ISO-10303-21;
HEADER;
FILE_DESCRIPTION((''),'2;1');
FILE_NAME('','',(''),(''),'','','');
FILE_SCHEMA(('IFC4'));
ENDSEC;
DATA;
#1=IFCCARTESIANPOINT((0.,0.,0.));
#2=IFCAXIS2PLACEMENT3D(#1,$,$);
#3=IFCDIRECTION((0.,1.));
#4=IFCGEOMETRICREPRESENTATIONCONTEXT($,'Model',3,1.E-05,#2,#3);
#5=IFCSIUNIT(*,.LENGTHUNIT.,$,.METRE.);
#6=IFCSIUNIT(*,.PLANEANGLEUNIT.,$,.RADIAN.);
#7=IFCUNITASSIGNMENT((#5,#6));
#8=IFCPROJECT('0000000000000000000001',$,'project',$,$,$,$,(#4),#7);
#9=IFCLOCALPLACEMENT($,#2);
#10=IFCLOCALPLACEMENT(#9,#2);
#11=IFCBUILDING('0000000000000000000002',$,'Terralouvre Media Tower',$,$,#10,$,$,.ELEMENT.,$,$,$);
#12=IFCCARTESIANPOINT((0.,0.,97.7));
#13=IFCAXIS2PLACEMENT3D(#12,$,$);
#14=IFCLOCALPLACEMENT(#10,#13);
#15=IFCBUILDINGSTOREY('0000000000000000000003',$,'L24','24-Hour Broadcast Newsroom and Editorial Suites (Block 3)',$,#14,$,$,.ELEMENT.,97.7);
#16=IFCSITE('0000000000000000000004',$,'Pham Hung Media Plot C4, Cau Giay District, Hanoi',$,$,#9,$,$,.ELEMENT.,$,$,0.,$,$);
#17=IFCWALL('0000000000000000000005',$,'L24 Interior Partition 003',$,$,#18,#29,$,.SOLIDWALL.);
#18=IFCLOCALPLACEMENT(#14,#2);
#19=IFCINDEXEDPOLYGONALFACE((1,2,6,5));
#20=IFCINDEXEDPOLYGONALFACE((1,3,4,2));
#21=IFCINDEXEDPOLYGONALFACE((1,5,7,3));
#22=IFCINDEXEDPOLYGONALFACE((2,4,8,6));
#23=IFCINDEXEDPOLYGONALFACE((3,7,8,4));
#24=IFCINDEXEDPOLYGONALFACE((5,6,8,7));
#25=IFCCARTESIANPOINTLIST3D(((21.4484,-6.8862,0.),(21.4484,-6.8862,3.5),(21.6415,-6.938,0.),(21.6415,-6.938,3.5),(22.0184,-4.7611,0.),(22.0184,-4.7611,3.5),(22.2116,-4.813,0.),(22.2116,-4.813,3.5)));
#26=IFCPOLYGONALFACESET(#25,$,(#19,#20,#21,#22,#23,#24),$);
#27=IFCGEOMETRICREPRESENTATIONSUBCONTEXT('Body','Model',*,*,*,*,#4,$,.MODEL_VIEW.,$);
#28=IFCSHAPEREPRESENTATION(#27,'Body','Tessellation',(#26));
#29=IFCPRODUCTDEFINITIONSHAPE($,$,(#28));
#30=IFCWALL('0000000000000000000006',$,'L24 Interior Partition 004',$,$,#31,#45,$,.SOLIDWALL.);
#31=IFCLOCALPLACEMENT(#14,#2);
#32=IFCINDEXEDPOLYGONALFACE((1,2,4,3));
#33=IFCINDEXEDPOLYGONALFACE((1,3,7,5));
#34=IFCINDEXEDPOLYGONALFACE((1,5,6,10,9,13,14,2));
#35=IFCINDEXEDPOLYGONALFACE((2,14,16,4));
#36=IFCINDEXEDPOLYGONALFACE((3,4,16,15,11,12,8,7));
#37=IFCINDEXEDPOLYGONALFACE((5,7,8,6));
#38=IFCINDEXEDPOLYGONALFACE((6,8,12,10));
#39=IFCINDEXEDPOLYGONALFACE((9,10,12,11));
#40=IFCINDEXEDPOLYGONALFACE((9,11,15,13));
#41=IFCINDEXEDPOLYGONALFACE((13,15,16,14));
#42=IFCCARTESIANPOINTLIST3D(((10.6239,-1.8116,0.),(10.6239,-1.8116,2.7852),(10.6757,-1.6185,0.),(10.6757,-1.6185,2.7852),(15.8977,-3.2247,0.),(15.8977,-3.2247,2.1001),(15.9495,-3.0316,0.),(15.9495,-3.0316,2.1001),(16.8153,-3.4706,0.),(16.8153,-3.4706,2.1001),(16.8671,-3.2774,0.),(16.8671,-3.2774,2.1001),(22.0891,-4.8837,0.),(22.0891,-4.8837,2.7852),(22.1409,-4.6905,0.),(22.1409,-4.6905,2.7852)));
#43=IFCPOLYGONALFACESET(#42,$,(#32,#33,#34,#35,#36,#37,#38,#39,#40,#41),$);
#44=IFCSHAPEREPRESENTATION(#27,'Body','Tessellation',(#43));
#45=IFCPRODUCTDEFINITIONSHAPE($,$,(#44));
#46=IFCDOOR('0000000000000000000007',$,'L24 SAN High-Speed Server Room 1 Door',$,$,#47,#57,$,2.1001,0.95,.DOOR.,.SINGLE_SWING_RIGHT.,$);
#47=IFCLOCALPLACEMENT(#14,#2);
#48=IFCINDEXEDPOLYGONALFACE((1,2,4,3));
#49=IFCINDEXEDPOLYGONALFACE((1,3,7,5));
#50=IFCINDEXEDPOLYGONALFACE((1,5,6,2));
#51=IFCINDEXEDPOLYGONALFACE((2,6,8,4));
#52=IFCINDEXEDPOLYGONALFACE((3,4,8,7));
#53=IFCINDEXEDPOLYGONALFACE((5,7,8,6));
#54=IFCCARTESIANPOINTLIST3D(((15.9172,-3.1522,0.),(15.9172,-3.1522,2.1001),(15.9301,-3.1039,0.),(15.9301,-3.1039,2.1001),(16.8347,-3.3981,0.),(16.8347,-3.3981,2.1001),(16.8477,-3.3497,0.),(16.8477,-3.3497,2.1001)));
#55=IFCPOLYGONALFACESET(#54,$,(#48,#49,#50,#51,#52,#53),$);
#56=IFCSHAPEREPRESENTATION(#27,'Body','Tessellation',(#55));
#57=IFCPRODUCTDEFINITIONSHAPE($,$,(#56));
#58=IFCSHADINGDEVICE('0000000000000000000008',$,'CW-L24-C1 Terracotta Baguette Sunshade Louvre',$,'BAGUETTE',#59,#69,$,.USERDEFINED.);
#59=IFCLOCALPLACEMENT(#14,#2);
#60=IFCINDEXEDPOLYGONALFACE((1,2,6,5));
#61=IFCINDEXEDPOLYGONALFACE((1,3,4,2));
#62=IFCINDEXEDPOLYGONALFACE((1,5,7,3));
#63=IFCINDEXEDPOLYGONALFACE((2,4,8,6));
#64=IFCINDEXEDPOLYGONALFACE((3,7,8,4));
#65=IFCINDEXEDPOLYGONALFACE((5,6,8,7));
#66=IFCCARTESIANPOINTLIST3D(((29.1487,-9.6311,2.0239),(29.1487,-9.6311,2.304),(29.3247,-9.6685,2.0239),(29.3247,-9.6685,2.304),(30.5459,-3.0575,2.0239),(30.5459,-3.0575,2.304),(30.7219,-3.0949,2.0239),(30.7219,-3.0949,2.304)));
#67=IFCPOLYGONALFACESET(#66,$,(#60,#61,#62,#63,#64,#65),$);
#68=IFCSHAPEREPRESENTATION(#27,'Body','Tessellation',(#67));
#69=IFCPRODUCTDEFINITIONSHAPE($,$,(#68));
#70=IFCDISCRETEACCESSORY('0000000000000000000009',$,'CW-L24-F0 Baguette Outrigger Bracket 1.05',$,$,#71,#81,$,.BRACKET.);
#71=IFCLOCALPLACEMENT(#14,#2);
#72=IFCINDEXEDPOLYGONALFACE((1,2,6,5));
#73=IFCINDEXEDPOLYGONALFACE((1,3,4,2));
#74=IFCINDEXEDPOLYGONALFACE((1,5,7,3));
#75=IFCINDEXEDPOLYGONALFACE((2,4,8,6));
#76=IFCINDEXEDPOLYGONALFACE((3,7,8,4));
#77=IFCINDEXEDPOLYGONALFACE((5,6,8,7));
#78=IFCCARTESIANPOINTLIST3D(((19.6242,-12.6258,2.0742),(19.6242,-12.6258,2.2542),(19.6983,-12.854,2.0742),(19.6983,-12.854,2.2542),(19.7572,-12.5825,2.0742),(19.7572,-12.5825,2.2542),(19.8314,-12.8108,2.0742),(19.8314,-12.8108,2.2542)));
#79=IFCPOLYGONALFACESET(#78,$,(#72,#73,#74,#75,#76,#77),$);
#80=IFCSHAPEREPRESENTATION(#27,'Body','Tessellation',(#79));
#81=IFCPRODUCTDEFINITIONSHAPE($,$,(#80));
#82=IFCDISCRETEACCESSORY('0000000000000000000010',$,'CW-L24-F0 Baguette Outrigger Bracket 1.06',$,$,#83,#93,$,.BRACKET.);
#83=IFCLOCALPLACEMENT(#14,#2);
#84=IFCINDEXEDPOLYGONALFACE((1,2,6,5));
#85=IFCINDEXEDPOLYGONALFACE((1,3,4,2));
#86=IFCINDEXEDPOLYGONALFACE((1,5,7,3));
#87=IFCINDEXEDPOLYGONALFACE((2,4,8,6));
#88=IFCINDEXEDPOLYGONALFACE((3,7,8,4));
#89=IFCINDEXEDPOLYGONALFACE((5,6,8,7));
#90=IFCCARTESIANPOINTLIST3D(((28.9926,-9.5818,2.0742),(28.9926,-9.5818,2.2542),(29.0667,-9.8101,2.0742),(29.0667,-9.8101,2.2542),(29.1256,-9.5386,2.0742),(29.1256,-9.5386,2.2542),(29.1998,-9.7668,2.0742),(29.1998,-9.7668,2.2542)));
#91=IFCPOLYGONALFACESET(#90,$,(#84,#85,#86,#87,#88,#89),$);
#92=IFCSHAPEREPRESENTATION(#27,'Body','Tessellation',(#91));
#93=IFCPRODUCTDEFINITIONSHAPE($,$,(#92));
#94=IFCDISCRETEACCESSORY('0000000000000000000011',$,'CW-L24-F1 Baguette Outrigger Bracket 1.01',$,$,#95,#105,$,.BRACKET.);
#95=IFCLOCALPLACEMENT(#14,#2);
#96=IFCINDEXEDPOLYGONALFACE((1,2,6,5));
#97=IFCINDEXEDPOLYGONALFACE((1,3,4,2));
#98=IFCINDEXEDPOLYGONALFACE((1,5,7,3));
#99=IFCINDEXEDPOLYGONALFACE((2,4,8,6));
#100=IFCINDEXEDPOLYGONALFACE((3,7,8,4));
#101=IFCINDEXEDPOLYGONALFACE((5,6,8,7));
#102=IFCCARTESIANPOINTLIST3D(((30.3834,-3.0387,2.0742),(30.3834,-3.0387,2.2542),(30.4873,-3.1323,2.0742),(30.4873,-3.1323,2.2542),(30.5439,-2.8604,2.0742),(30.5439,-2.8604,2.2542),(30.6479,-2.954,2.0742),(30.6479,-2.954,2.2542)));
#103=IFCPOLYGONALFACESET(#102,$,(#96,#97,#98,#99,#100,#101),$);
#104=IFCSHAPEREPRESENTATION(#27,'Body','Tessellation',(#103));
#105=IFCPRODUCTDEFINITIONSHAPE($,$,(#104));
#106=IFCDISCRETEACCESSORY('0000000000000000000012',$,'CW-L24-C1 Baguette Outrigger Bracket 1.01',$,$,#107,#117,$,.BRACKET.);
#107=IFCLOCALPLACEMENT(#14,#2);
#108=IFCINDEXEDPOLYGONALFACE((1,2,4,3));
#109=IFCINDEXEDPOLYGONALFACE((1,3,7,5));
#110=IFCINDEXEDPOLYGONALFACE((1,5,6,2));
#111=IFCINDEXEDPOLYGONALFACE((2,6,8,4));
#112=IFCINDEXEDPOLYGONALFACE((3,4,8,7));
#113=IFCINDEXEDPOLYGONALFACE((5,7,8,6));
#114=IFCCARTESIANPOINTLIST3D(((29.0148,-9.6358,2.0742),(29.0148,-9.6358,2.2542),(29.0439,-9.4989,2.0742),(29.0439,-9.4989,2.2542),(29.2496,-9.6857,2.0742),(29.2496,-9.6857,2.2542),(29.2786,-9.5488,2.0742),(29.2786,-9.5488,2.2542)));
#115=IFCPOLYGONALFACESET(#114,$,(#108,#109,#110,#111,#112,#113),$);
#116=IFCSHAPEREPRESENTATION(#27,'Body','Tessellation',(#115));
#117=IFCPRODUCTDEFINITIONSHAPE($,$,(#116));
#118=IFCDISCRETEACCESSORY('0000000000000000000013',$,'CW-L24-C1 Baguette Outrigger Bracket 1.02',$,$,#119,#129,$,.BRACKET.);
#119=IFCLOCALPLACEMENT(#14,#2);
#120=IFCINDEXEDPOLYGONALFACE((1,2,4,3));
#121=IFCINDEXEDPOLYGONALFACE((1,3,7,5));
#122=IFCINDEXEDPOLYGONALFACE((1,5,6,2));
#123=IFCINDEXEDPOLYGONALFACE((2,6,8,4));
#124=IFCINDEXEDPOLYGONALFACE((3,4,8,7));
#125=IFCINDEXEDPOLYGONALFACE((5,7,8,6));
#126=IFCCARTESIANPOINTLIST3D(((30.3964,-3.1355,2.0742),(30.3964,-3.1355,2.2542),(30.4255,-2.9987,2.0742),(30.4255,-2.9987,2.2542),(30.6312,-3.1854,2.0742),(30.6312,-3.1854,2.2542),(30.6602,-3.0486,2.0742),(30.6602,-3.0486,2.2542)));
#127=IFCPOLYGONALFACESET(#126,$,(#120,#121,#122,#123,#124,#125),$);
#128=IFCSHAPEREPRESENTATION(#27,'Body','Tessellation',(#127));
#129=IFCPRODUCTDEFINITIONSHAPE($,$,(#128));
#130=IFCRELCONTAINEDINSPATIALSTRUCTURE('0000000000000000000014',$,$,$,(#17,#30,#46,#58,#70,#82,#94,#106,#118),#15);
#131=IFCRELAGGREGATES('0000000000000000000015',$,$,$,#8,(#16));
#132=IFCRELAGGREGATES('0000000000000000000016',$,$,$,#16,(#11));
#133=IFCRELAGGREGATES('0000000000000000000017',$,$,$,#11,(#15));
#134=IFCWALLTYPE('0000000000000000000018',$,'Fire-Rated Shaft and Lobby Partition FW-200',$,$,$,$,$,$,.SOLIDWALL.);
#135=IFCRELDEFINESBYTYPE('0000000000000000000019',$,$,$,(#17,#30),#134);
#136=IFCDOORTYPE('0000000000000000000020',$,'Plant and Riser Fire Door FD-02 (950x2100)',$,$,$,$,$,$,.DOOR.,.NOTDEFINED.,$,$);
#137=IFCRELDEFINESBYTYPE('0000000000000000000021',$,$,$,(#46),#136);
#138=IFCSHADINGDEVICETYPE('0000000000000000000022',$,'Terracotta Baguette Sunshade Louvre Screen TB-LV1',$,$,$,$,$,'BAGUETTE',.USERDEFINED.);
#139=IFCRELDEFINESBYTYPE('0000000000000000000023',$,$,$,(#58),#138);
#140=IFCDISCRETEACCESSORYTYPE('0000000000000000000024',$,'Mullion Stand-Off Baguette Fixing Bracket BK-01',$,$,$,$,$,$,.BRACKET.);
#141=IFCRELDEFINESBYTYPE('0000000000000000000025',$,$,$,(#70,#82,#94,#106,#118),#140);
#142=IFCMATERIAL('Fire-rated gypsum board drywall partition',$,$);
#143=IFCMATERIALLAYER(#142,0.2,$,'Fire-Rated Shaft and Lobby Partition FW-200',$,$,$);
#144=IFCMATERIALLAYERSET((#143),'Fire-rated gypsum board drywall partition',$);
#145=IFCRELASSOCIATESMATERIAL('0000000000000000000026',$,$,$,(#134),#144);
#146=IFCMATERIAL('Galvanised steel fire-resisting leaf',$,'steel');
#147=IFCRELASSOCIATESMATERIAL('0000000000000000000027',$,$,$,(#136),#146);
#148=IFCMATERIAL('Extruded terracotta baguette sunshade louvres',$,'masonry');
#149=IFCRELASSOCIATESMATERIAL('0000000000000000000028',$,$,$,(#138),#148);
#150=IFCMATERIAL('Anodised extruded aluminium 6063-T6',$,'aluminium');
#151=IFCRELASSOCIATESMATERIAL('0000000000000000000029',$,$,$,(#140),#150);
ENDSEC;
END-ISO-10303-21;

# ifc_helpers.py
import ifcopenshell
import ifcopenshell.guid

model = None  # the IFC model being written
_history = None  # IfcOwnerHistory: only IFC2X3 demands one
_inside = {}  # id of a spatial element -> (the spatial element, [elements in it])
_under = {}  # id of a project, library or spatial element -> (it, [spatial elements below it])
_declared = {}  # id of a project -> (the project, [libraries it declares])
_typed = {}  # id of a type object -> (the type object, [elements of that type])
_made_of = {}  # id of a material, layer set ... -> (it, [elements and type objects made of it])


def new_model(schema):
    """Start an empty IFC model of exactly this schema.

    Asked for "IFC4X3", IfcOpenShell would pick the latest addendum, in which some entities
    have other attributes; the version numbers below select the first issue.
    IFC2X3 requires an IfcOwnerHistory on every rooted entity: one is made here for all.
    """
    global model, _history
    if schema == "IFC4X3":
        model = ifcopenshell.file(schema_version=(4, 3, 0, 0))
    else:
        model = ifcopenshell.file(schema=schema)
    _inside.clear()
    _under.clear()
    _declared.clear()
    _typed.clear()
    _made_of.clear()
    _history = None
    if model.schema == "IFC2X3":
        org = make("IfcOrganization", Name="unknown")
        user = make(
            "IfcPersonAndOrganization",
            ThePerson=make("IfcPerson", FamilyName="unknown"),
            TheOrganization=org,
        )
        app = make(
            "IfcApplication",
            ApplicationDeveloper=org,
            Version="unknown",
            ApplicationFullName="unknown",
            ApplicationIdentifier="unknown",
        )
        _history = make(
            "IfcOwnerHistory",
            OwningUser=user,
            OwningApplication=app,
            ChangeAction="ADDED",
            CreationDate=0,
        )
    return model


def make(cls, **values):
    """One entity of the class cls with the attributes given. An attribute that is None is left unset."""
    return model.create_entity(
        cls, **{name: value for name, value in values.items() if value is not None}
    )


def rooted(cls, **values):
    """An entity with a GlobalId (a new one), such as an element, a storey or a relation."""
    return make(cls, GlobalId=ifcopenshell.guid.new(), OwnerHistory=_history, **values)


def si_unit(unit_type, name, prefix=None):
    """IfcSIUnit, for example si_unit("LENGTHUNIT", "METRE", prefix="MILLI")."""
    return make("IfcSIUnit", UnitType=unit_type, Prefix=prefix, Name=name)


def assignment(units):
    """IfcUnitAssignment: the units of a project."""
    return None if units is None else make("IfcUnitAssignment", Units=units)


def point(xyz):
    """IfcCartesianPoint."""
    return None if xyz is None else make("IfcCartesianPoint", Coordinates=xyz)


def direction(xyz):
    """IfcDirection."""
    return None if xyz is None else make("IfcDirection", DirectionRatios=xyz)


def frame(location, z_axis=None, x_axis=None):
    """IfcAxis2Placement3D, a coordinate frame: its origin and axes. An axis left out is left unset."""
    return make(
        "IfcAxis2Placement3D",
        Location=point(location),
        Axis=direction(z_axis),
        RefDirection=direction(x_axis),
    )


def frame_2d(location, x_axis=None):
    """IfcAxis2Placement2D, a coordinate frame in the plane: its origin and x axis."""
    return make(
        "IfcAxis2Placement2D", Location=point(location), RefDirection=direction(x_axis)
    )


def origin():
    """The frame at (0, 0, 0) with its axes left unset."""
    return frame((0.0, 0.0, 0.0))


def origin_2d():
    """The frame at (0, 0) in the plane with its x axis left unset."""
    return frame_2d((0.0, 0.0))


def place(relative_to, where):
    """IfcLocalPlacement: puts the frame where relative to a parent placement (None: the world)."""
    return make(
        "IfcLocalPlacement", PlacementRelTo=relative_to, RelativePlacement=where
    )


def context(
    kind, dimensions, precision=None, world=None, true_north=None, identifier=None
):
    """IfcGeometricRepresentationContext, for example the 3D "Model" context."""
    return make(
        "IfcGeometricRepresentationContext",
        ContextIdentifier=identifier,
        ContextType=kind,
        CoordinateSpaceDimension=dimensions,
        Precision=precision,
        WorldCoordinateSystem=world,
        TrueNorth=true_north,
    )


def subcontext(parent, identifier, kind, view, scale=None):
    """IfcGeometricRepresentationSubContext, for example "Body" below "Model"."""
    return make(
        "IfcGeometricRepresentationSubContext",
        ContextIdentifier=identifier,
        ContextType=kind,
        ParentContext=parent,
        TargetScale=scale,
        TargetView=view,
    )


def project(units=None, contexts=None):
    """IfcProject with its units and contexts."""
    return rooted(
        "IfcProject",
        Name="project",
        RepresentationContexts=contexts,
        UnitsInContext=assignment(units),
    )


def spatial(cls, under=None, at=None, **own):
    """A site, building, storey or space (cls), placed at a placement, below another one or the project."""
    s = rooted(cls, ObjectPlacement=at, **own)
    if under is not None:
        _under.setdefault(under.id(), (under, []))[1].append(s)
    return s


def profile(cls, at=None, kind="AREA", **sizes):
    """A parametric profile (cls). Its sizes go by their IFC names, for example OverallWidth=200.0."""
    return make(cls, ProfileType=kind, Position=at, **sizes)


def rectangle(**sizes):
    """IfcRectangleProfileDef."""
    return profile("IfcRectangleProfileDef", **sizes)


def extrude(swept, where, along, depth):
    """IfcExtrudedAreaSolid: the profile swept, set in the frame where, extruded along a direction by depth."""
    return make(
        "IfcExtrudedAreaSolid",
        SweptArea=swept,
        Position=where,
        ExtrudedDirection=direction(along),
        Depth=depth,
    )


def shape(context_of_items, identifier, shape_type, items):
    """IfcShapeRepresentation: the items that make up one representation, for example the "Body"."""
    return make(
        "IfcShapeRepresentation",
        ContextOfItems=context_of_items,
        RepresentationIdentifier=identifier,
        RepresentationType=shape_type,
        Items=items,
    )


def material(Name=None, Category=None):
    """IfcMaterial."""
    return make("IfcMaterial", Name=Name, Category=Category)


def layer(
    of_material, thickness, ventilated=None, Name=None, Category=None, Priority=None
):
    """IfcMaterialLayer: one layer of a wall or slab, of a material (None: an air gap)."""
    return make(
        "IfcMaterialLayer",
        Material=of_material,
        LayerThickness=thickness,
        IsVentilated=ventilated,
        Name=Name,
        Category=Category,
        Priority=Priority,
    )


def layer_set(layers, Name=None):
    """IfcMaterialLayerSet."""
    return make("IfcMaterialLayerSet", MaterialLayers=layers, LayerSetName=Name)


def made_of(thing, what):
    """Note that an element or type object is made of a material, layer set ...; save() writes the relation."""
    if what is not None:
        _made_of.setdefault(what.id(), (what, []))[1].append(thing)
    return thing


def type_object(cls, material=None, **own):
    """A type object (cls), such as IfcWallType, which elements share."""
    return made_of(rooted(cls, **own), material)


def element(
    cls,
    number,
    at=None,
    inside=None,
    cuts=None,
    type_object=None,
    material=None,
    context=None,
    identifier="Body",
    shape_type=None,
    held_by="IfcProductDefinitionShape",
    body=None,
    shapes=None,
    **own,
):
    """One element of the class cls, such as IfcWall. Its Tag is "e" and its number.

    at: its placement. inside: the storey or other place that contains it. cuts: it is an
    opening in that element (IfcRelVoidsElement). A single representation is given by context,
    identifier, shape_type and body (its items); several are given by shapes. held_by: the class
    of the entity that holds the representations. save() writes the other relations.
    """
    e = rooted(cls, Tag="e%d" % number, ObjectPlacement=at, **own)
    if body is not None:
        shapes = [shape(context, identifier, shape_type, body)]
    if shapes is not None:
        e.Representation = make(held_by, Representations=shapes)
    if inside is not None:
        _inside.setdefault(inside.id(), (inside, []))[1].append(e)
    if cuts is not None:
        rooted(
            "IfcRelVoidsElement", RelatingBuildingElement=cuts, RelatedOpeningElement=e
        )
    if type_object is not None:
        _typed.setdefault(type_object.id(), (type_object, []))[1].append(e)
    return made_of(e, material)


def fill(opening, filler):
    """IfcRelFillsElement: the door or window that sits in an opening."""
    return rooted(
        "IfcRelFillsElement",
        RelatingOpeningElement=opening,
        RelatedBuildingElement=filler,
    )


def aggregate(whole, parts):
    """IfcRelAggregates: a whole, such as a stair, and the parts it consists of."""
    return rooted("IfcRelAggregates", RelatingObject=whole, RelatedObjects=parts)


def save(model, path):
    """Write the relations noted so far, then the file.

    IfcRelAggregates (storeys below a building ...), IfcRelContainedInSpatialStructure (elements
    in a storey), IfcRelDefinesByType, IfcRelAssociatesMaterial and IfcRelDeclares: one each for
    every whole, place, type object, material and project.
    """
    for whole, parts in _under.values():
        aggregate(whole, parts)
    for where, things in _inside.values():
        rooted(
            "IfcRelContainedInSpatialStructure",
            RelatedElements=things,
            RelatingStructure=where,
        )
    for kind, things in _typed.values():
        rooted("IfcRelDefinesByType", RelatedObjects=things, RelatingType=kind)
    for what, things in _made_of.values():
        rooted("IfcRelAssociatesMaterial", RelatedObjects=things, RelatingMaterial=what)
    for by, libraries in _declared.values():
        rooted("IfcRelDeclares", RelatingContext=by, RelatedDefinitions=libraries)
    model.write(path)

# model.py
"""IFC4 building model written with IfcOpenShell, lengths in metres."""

from ifc_helpers import new_model, si_unit, direction, frame, frame_2d, origin, origin_2d, place, context, subcontext, project, spatial, rectangle, extrude, material, layer, layer_set, type_object, element, fill, save


model = new_model("IFC4")

# Units and contexts
model_context = context("Model", 3, precision=1e-05, world=origin(), true_north=direction((0.0, 1.0)))
body_context = subcontext(model_context, "Body", "Model", "MODEL_VIEW")
ifc_project = project(units=[si_unit("LENGTHUNIT", "METRE"), si_unit("PLANEANGLEUNIT", "RADIAN")], contexts=[model_context])

# Site, building, storey
site_placement = place(None, origin())
site = spatial("IfcSite", under=ifc_project, at=site_placement, Name="Pham Hung Media Plot C4, Cau Giay District, Hanoi", CompositionType="ELEMENT", RefElevation=0.0)
building_placement = place(site_placement, origin())
building = spatial("IfcBuilding", under=site, at=building_placement, Name="Terralouvre Media Tower", CompositionType="ELEMENT")
storey_placement = place(building_placement, frame((0.0, 0.0, 97.7)))
storey = spatial("IfcBuildingStorey", under=building, at=storey_placement, Name="L24", Description="24-Hour Broadcast Newsroom and Editorial Suites (Block 3)", CompositionType="ELEMENT", Elevation=97.7)

# Wall
ifc_material_1 = material(Name="Fire-rated gypsum board drywall partition")
ifc_layer_1 = layer(ifc_material_1, 0.2, Name="Fire-Rated Shaft and Lobby Partition FW-200")
ifc_layer_set_1 = layer_set([ifc_layer_1], Name="Fire-rated gypsum board drywall partition")
wall_type = type_object("IfcWallType", Name="Fire-Rated Shaft and Lobby Partition FW-200", PredefinedType="SOLIDWALL", material=ifc_layer_set_1)
wall_1_placement = place(storey_placement, frame((21.5449, -6.9121, 0.0), z_axis=(0.0, 0.0, 1.0), x_axis=(0.259106, 0.965849, 0.0)))
element("IfcWall", 1, at=wall_1_placement, inside=storey, type_object=wall_type, Name="L24 Interior Partition 003", PredefinedType="SOLIDWALL", context=body_context, shape_type="SweptSolid", body=[
    extrude(rectangle(XDim=2.2002, YDim=0.2, at=frame_2d((1.1001, 0.0))), origin(), (0.0, 0.0, 1.0), 3.5),
])

# Wall, opening, door
wall_2_placement = place(storey_placement, frame((22.115, -4.7871, 0.0), z_axis=(0.0, 0.0, 1.0), x_axis=(-0.965927, 0.258816, 0.0)))
wall_2 = element("IfcWall", 2, at=wall_2_placement, inside=storey, type_object=wall_type, Name="L24 Interior Partition 004", PredefinedType="SOLIDWALL", context=body_context, shape_type="SweptSolid", body=[
    extrude(rectangle(XDim=11.8696, YDim=0.2, at=frame_2d((5.9348, 0.0))), origin(), (0.0, 0.0, 1.0), 2.7852),
])
opening_placement = place(wall_2_placement, frame((5.4597, 0.0, 0.0)))
opening = element("IfcOpeningElement", 3, at=opening_placement, cuts=wall_2, PredefinedType="OPENING", context=body_context, shape_type="SweptSolid", body=[
    extrude(rectangle(XDim=0.95, YDim=2.1001, at=frame_2d((0.4751, 1.05))), frame((0.0, 0.1099, 0.0), z_axis=(0.0, -1.0, 0.0), x_axis=(1.0, 0.0, 0.0)), (0.0, 0.0, 1.0), 0.22),
])
ifc_material_2 = material(Name="Galvanised steel fire-resisting leaf", Category="steel")
door_type = type_object("IfcDoorType", Name="Plant and Riser Fire Door FD-02 (950x2100)", OperationType="NOTDEFINED", PredefinedType="DOOR", material=ifc_material_2)
door_placement = place(opening_placement, origin())
door = element("IfcDoor", 4, at=door_placement, inside=storey, type_object=door_type, Name="L24 SAN High-Speed Server Room 1 Door", OperationType="SINGLE_SWING_RIGHT", OverallHeight=2.1001, OverallWidth=0.95, PredefinedType="DOOR", context=body_context, shape_type="SweptSolid", body=[
    extrude(rectangle(XDim=0.95, YDim=2.1001, at=frame_2d((0.4751, 1.05))), frame((0.0, 0.0249, 0.0), z_axis=(0.0, -1.0, 0.0), x_axis=(1.0, 0.0, 0.0)), (0.0, 0.0, 1.0), 0.05),
])
fill(opening, door)

# Shading device
ifc_material_3 = material(Name="Extruded terracotta baguette sunshade louvres", Category="masonry")
shading_device_type = type_object("IfcShadingDeviceType", Name="Terracotta Baguette Sunshade Louvre Screen TB-LV1", ElementType="BAGUETTE", PredefinedType="USERDEFINED", material=ifc_material_3)
shading_device_placement = place(storey_placement, frame((29.9353, -6.363, 2.0239), z_axis=(0.0, 0.0, 1.0), x_axis=(0.207912, 0.978148, 0.0)))
element("IfcShadingDevice", 5, at=shading_device_placement, inside=storey, type_object=shading_device_type, Name="CW-L24-C1 Terracotta Baguette Sunshade Louvre", ObjectType="BAGUETTE", PredefinedType="USERDEFINED", context=body_context, shape_type="SweptSolid", body=[
    extrude(rectangle(XDim=6.7205, YDim=0.1799, at=origin_2d()), origin(), (0.0, 0.0, 1.0), 0.28),
])

# Discrete accessories
ifc_material_4 = material(Name="Anodised extruded aluminium 6063-T6", Category="aluminium")
discrete_accessory_type = type_object("IfcDiscreteAccessoryType", Name="Mullion Stand-Off Baguette Fixing Bracket BK-01", PredefinedType="BRACKET", material=ifc_material_4)
for number, where, z_axis, x_axis, name in (
    (6, (19.7278, -12.7183, 2.0742), (0.0, 0.0, 1.0), (0.951057, 0.309017, 0.0), "CW-L24-F0 Baguette Outrigger Bracket 1.05"),
    (7, (29.0962, -9.6743, 2.0742), (0.0, 0.0, 1.0), (0.951057, 0.309017, 0.0), "CW-L24-F0 Baguette Outrigger Bracket 1.06"),
    (8, (30.5156, -2.9963, 2.0742), (0.0, 0.0, 1.0), (-0.743145, 0.669131, 0.0), "CW-L24-F1 Baguette Outrigger Bracket 1.01"),
    (9, (29.1467, -9.5923, 2.0742), (0.0, 0.0, 1.0), (0.207912, 0.978148, 0.0), "CW-L24-C1 Baguette Outrigger Bracket 1.01"),
    (10, (30.5283, -3.092, 2.0742), (0.0, 0.0, 1.0), (0.207912, 0.978148, 0.0), "CW-L24-C1 Baguette Outrigger Bracket 1.02"),
):
    element("IfcDiscreteAccessory", number, at=place(storey_placement, frame(where, z_axis=z_axis, x_axis=x_axis)), inside=storey, type_object=discrete_accessory_type, Name=name, PredefinedType="BRACKET", context=body_context, shape_type="SweptSolid", body=[
        extrude(rectangle(XDim=0.1399, YDim=0.24, at=origin_2d()), origin(), (0.0, 0.0, 1.0), 0.1799),
    ])

save(model, "model.ifc")
